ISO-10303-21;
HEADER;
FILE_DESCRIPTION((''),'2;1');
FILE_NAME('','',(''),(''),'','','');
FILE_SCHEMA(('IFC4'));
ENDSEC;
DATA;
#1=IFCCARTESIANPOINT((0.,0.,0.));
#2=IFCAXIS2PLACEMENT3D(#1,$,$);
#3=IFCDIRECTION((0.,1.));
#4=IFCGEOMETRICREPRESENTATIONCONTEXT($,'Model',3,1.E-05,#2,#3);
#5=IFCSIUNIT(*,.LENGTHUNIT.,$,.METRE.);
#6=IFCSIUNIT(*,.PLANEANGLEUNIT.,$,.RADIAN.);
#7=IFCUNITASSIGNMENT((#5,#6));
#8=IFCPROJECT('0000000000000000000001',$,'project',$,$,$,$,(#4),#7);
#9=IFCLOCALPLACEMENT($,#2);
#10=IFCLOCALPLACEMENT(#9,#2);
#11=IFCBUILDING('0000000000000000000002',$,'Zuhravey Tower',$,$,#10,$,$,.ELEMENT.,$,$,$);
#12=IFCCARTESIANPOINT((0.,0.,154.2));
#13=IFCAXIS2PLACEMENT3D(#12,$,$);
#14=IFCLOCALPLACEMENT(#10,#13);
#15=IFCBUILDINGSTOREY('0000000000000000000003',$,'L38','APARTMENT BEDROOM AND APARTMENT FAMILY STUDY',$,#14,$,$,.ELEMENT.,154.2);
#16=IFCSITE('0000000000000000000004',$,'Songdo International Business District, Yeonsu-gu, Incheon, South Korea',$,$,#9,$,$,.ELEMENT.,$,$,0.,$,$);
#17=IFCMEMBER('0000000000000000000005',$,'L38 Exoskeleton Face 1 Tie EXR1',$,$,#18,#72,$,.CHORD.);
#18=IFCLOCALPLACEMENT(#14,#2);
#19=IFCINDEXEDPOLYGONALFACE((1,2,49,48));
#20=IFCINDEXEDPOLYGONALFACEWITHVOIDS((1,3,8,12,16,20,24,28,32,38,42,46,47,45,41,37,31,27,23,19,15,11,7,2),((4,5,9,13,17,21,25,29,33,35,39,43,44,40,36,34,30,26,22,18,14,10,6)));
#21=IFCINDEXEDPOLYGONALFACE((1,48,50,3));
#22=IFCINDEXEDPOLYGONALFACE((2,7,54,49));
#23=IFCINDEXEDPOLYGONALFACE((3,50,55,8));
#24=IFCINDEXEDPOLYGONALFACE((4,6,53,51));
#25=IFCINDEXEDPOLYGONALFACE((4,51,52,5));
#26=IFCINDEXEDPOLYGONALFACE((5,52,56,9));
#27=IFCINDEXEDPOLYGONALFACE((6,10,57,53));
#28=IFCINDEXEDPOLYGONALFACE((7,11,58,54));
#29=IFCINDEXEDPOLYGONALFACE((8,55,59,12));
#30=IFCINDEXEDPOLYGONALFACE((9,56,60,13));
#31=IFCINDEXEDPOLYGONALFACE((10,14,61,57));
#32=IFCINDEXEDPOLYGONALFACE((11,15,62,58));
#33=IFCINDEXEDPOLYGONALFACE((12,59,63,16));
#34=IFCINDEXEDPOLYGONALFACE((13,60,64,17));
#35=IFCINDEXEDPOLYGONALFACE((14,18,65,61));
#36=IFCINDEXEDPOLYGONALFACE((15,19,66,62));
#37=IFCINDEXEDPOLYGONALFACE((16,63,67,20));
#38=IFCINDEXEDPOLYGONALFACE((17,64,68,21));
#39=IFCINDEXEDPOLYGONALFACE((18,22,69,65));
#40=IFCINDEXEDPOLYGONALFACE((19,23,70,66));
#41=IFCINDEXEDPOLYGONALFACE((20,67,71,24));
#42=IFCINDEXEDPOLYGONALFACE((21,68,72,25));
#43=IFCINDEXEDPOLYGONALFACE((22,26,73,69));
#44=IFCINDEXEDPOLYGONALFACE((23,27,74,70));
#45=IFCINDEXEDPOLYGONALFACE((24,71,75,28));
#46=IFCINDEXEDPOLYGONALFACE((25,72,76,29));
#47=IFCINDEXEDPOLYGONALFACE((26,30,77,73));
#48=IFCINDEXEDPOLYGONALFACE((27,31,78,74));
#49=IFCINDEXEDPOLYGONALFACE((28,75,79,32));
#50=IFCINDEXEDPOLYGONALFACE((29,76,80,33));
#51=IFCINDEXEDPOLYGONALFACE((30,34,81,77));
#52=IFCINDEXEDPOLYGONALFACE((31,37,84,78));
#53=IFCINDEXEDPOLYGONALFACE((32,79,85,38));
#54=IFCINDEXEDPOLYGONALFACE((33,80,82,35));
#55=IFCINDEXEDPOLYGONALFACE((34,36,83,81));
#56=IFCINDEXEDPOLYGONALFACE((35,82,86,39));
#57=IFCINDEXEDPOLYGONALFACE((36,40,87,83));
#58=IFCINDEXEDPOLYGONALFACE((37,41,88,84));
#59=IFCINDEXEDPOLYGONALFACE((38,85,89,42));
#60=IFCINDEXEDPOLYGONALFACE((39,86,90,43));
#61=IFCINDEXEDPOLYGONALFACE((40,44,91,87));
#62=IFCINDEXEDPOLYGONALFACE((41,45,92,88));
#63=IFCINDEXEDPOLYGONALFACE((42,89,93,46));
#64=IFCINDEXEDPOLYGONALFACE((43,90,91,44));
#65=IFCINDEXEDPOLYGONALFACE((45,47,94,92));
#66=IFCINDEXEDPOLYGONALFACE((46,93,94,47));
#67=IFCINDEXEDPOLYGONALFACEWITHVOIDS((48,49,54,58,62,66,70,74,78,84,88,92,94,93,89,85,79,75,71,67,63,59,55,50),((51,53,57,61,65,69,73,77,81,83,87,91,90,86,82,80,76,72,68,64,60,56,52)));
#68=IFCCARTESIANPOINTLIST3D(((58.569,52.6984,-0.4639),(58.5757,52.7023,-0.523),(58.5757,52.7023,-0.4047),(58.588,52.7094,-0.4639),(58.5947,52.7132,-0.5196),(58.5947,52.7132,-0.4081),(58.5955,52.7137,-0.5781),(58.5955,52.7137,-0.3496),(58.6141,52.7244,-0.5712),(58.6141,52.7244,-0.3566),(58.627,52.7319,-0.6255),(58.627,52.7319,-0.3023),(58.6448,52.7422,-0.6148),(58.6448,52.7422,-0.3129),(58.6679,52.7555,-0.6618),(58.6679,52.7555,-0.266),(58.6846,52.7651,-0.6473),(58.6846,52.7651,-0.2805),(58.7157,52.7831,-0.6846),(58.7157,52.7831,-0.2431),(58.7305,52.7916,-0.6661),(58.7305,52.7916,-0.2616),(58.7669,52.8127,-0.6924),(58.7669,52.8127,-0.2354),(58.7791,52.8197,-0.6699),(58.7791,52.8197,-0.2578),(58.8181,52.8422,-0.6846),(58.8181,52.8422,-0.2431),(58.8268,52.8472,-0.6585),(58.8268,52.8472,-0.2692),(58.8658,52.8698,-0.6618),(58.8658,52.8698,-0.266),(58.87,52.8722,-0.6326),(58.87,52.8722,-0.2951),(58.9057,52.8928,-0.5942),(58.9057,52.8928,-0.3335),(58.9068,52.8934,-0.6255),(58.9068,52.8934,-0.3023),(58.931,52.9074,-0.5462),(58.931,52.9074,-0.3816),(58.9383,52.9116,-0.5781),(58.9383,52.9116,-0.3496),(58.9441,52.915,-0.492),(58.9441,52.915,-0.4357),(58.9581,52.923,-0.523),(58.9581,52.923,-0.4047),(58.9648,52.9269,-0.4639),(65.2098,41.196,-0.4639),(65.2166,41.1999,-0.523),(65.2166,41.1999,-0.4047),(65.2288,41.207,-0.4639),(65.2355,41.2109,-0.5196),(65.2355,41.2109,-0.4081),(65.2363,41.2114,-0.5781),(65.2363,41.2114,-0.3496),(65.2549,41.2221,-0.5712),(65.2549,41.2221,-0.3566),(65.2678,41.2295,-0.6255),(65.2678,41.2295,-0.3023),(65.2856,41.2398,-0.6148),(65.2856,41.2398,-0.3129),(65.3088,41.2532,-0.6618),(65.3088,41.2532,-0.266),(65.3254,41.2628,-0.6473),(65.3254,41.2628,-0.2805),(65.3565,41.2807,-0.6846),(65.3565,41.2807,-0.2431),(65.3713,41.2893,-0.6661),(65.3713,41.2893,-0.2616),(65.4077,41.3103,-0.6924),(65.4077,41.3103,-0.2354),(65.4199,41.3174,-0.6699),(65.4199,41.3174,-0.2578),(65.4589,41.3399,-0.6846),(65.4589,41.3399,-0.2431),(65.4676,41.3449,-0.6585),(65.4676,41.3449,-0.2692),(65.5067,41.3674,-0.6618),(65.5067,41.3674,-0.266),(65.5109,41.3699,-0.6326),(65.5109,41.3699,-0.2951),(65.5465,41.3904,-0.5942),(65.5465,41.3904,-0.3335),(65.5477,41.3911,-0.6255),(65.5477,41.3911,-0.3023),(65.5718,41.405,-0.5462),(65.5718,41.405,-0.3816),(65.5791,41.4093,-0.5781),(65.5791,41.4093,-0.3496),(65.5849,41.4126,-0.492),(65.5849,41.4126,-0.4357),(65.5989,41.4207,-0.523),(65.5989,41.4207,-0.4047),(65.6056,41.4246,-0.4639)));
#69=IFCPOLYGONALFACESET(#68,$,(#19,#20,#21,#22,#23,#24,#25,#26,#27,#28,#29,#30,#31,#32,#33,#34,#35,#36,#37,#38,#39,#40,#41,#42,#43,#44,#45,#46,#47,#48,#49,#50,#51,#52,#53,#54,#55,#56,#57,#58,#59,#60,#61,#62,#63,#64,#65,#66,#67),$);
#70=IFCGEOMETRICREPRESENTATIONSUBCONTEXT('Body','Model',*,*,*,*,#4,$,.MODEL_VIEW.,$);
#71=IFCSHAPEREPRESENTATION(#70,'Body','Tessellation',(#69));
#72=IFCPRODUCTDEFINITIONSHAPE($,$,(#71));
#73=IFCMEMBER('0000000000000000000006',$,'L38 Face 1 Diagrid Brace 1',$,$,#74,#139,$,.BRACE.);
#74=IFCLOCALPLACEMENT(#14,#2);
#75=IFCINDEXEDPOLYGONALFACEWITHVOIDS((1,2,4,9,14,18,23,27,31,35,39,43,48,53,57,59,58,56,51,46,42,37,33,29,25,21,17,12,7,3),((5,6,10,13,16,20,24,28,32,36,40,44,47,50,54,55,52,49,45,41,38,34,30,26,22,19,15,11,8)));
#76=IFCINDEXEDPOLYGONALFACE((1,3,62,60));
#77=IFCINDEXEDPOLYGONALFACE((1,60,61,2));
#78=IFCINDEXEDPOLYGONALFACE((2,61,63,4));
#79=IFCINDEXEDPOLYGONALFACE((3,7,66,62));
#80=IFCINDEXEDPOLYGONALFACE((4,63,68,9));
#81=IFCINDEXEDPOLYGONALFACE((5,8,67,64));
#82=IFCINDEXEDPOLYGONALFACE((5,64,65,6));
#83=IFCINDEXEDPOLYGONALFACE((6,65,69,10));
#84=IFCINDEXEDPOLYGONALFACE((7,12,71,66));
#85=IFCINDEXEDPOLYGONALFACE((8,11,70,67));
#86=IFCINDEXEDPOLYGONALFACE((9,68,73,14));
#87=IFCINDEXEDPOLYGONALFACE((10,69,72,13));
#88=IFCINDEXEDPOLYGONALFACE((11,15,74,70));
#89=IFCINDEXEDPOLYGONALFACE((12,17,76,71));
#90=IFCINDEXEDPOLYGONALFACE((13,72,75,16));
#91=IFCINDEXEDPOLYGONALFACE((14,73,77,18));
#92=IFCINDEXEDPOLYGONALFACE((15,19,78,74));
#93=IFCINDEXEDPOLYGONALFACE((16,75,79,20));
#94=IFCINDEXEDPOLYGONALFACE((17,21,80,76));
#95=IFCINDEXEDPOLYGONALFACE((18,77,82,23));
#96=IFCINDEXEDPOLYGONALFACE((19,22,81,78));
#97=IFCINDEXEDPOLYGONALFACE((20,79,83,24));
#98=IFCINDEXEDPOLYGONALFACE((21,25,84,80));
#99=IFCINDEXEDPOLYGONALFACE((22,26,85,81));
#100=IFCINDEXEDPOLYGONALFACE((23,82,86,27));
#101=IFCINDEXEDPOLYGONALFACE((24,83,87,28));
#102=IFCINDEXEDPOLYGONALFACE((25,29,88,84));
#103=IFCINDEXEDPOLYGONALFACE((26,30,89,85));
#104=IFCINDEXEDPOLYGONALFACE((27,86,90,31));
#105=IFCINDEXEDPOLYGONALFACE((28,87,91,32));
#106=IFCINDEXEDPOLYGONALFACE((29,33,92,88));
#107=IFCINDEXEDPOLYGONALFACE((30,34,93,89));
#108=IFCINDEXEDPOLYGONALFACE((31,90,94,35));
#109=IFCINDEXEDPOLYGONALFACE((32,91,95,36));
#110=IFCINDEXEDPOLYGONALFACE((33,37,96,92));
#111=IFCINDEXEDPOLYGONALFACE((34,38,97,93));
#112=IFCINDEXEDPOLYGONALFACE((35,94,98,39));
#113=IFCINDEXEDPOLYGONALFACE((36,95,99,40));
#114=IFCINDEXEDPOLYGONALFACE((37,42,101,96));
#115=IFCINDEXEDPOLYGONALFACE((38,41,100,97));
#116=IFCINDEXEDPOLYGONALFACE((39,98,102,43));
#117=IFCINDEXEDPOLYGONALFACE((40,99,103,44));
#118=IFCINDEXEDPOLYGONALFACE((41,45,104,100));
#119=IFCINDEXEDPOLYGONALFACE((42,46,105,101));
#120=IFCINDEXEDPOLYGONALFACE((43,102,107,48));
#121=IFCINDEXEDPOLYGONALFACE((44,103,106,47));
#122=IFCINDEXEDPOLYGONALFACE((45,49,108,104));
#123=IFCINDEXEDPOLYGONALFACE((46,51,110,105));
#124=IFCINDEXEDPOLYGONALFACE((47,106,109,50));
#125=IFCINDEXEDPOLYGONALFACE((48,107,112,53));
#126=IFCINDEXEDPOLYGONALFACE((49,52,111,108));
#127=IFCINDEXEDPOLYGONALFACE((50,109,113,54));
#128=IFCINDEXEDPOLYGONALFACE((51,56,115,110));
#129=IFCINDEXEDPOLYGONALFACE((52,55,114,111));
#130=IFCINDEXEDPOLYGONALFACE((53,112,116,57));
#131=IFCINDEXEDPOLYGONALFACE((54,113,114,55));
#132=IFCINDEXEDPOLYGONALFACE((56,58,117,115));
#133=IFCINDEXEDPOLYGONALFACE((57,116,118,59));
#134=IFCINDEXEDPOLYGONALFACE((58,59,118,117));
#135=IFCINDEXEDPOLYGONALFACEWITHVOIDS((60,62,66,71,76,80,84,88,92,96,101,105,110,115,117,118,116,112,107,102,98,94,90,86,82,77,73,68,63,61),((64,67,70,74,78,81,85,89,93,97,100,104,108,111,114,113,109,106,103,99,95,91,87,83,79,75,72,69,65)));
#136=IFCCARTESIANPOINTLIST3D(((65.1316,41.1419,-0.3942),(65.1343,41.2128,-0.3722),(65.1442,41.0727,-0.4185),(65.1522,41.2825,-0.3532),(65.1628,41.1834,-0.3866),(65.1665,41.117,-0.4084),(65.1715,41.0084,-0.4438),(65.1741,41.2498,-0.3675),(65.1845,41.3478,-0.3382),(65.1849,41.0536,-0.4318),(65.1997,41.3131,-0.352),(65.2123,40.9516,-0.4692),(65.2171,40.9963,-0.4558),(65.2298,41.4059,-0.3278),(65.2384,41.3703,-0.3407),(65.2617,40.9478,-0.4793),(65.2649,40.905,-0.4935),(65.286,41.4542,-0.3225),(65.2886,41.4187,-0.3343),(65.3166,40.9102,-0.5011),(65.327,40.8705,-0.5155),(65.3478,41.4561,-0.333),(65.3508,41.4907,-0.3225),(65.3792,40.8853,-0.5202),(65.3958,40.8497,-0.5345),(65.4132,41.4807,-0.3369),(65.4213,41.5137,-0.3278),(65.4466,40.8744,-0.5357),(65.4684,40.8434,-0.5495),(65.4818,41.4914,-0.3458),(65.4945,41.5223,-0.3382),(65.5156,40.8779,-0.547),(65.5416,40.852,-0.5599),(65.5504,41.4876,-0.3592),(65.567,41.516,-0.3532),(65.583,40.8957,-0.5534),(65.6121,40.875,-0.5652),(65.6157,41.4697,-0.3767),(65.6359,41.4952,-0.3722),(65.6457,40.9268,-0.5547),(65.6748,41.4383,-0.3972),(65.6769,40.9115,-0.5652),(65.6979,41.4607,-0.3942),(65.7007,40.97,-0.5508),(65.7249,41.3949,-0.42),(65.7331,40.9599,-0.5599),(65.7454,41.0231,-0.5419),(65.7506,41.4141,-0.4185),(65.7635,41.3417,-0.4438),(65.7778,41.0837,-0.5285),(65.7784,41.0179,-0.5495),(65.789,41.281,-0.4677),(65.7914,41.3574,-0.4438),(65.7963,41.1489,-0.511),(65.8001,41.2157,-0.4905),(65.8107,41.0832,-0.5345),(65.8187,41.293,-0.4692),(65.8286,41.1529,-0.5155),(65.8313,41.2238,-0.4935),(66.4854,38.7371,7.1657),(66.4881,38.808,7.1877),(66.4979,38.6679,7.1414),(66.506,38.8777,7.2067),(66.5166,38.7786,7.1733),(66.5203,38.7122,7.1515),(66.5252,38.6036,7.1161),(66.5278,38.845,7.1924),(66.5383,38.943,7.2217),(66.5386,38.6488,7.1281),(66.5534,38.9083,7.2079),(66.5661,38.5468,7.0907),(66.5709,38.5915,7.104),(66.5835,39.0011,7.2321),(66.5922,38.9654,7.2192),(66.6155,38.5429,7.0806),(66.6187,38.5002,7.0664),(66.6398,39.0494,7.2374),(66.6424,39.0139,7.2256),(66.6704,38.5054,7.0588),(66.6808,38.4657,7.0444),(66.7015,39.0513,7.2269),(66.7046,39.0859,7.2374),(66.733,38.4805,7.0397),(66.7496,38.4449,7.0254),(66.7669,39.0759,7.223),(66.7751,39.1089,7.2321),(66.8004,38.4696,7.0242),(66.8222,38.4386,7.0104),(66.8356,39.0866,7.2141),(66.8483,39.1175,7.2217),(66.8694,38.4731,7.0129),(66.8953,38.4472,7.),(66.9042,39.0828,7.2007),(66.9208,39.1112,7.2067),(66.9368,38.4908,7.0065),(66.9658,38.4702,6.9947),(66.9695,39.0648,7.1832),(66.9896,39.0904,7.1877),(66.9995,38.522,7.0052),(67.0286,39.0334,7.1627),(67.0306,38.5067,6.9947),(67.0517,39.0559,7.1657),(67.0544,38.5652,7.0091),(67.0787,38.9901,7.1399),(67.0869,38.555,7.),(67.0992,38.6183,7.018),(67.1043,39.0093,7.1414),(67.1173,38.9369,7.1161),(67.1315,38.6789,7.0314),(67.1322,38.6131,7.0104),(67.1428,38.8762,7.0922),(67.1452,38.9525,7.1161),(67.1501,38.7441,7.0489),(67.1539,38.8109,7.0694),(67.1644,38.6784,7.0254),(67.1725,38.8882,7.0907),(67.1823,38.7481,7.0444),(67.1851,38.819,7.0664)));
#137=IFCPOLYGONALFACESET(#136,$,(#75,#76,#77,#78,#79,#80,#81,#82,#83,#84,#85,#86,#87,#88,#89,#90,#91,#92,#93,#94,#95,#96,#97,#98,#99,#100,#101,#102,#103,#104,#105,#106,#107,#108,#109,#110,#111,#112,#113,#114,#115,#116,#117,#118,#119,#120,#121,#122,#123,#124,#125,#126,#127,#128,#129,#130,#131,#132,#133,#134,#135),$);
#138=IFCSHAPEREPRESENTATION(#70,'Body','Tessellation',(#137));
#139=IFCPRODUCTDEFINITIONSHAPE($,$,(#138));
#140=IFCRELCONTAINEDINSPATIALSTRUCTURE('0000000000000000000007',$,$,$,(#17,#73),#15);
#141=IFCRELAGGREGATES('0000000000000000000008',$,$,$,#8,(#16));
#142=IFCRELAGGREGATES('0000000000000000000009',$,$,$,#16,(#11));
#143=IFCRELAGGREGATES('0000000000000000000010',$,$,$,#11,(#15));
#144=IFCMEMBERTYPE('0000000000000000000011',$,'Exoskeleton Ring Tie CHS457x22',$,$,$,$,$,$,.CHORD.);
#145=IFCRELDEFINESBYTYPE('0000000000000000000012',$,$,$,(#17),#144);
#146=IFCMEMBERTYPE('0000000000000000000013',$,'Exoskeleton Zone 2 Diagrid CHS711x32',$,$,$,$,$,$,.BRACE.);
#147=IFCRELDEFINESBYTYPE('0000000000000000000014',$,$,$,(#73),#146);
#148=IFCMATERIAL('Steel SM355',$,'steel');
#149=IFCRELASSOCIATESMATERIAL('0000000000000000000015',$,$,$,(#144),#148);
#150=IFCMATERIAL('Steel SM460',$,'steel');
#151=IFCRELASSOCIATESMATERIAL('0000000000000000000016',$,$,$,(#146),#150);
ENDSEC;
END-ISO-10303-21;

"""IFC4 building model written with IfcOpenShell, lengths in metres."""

from ifc_helpers import new_model, si_unit, direction, frame, origin, origin_2d, place, context, subcontext, project, spatial, hollow_circle, extrude, material, material_profile, profile_set, type_object, element, save


model = new_model("IFC4")

# Units and contexts
model_context = context("Model", 3, precision=1e-05, world=origin(), true_north=direction((0.0, 1.0)))
body_context = subcontext(model_context, "Body", "Model", "MODEL_VIEW")
ifc_project = project(units=[si_unit("LENGTHUNIT", "METRE"), si_unit("PLANEANGLEUNIT", "RADIAN")], contexts=[model_context])

# Site, building, storey
site_placement = place(None, origin())
site = spatial("IfcSite", under=ifc_project, at=site_placement, Name="Songdo International Business District, Yeonsu-gu, Incheon, South Korea", CompositionType="ELEMENT", RefElevation=0.0)
building_placement = place(site_placement, origin())
building = spatial("IfcBuilding", under=site, at=building_placement, Name="Zuhravey Tower", CompositionType="ELEMENT")
storey_placement = place(building_placement, frame((0.0, 0.0, 154.2)))
storey = spatial("IfcBuildingStorey", under=building, at=storey_placement, Name="L38", Description="APARTMENT BEDROOM AND APARTMENT FAMILY STUDY", CompositionType="ELEMENT", Elevation=154.2)

# Members
ifc_material_1 = material(Name="Steel SM355", Category="steel")
ifc_material_profile_1 = material_profile(ifc_material_1, hollow_circle(Radius=0.2285, WallThickness=0.022, at=origin_2d()), Name="CHS-457.2x22")
ifc_profile_set_1 = profile_set([ifc_material_profile_1], Name="Steel SM355")
member_type_1 = type_object("IfcMemberType", Name="Exoskeleton Ring Tie CHS457x22", PredefinedType="CHORD", material=ifc_profile_set_1)
member_1_placement = place(storey_placement, frame((65.4077, 41.3103, -0.4639), z_axis=(-0.499996, 0.866028, 0.0), x_axis=(-0.866028, -0.499996, 0.0)))
element("IfcMember", 1, at=member_1_placement, inside=storey, type_object=member_type_1, Name="L38 Exoskeleton Face 1 Tie EXR1", PredefinedType="CHORD", context=body_context, shape_type="SweptSolid", body=[
    extrude(hollow_circle(Radius=0.2285, WallThickness=0.022, at=origin_2d()), origin(), (0.0, 0.0, 1.0), 13.2817),
])
ifc_material_2 = material(Name="Steel SM460", Category="steel")
ifc_material_profile_2 = material_profile(ifc_material_2, hollow_circle(Radius=0.3557, WallThickness=0.032, at=origin_2d()), Name="CHS-711.2x32")
ifc_profile_set_2 = profile_set([ifc_material_profile_2], Name="Steel SM460")
member_type_2 = type_object("IfcMemberType", Name="Exoskeleton Zone 2 Diagrid CHS711x32", PredefinedType="BRACE", material=ifc_profile_set_2)
member_2_placement = place(storey_placement, frame((65.4814, 41.1829, -0.4438), z_axis=(0.168216, -0.298814, 0.939369), x_axis=(0.87141, 0.490555, 0.0)))
element("IfcMember", 2, at=member_2_placement, inside=storey, type_object=member_type_2, Name="L38 Face 1 Diagrid Brace 1", PredefinedType="BRACE", context=body_context, shape_type="SweptSolid", body=[
    extrude(hollow_circle(Radius=0.3557, WallThickness=0.032, at=origin_2d()), origin(), (0.0, 0.0, 1.0), 8.0479),
])

save(model, "model.ifc")
